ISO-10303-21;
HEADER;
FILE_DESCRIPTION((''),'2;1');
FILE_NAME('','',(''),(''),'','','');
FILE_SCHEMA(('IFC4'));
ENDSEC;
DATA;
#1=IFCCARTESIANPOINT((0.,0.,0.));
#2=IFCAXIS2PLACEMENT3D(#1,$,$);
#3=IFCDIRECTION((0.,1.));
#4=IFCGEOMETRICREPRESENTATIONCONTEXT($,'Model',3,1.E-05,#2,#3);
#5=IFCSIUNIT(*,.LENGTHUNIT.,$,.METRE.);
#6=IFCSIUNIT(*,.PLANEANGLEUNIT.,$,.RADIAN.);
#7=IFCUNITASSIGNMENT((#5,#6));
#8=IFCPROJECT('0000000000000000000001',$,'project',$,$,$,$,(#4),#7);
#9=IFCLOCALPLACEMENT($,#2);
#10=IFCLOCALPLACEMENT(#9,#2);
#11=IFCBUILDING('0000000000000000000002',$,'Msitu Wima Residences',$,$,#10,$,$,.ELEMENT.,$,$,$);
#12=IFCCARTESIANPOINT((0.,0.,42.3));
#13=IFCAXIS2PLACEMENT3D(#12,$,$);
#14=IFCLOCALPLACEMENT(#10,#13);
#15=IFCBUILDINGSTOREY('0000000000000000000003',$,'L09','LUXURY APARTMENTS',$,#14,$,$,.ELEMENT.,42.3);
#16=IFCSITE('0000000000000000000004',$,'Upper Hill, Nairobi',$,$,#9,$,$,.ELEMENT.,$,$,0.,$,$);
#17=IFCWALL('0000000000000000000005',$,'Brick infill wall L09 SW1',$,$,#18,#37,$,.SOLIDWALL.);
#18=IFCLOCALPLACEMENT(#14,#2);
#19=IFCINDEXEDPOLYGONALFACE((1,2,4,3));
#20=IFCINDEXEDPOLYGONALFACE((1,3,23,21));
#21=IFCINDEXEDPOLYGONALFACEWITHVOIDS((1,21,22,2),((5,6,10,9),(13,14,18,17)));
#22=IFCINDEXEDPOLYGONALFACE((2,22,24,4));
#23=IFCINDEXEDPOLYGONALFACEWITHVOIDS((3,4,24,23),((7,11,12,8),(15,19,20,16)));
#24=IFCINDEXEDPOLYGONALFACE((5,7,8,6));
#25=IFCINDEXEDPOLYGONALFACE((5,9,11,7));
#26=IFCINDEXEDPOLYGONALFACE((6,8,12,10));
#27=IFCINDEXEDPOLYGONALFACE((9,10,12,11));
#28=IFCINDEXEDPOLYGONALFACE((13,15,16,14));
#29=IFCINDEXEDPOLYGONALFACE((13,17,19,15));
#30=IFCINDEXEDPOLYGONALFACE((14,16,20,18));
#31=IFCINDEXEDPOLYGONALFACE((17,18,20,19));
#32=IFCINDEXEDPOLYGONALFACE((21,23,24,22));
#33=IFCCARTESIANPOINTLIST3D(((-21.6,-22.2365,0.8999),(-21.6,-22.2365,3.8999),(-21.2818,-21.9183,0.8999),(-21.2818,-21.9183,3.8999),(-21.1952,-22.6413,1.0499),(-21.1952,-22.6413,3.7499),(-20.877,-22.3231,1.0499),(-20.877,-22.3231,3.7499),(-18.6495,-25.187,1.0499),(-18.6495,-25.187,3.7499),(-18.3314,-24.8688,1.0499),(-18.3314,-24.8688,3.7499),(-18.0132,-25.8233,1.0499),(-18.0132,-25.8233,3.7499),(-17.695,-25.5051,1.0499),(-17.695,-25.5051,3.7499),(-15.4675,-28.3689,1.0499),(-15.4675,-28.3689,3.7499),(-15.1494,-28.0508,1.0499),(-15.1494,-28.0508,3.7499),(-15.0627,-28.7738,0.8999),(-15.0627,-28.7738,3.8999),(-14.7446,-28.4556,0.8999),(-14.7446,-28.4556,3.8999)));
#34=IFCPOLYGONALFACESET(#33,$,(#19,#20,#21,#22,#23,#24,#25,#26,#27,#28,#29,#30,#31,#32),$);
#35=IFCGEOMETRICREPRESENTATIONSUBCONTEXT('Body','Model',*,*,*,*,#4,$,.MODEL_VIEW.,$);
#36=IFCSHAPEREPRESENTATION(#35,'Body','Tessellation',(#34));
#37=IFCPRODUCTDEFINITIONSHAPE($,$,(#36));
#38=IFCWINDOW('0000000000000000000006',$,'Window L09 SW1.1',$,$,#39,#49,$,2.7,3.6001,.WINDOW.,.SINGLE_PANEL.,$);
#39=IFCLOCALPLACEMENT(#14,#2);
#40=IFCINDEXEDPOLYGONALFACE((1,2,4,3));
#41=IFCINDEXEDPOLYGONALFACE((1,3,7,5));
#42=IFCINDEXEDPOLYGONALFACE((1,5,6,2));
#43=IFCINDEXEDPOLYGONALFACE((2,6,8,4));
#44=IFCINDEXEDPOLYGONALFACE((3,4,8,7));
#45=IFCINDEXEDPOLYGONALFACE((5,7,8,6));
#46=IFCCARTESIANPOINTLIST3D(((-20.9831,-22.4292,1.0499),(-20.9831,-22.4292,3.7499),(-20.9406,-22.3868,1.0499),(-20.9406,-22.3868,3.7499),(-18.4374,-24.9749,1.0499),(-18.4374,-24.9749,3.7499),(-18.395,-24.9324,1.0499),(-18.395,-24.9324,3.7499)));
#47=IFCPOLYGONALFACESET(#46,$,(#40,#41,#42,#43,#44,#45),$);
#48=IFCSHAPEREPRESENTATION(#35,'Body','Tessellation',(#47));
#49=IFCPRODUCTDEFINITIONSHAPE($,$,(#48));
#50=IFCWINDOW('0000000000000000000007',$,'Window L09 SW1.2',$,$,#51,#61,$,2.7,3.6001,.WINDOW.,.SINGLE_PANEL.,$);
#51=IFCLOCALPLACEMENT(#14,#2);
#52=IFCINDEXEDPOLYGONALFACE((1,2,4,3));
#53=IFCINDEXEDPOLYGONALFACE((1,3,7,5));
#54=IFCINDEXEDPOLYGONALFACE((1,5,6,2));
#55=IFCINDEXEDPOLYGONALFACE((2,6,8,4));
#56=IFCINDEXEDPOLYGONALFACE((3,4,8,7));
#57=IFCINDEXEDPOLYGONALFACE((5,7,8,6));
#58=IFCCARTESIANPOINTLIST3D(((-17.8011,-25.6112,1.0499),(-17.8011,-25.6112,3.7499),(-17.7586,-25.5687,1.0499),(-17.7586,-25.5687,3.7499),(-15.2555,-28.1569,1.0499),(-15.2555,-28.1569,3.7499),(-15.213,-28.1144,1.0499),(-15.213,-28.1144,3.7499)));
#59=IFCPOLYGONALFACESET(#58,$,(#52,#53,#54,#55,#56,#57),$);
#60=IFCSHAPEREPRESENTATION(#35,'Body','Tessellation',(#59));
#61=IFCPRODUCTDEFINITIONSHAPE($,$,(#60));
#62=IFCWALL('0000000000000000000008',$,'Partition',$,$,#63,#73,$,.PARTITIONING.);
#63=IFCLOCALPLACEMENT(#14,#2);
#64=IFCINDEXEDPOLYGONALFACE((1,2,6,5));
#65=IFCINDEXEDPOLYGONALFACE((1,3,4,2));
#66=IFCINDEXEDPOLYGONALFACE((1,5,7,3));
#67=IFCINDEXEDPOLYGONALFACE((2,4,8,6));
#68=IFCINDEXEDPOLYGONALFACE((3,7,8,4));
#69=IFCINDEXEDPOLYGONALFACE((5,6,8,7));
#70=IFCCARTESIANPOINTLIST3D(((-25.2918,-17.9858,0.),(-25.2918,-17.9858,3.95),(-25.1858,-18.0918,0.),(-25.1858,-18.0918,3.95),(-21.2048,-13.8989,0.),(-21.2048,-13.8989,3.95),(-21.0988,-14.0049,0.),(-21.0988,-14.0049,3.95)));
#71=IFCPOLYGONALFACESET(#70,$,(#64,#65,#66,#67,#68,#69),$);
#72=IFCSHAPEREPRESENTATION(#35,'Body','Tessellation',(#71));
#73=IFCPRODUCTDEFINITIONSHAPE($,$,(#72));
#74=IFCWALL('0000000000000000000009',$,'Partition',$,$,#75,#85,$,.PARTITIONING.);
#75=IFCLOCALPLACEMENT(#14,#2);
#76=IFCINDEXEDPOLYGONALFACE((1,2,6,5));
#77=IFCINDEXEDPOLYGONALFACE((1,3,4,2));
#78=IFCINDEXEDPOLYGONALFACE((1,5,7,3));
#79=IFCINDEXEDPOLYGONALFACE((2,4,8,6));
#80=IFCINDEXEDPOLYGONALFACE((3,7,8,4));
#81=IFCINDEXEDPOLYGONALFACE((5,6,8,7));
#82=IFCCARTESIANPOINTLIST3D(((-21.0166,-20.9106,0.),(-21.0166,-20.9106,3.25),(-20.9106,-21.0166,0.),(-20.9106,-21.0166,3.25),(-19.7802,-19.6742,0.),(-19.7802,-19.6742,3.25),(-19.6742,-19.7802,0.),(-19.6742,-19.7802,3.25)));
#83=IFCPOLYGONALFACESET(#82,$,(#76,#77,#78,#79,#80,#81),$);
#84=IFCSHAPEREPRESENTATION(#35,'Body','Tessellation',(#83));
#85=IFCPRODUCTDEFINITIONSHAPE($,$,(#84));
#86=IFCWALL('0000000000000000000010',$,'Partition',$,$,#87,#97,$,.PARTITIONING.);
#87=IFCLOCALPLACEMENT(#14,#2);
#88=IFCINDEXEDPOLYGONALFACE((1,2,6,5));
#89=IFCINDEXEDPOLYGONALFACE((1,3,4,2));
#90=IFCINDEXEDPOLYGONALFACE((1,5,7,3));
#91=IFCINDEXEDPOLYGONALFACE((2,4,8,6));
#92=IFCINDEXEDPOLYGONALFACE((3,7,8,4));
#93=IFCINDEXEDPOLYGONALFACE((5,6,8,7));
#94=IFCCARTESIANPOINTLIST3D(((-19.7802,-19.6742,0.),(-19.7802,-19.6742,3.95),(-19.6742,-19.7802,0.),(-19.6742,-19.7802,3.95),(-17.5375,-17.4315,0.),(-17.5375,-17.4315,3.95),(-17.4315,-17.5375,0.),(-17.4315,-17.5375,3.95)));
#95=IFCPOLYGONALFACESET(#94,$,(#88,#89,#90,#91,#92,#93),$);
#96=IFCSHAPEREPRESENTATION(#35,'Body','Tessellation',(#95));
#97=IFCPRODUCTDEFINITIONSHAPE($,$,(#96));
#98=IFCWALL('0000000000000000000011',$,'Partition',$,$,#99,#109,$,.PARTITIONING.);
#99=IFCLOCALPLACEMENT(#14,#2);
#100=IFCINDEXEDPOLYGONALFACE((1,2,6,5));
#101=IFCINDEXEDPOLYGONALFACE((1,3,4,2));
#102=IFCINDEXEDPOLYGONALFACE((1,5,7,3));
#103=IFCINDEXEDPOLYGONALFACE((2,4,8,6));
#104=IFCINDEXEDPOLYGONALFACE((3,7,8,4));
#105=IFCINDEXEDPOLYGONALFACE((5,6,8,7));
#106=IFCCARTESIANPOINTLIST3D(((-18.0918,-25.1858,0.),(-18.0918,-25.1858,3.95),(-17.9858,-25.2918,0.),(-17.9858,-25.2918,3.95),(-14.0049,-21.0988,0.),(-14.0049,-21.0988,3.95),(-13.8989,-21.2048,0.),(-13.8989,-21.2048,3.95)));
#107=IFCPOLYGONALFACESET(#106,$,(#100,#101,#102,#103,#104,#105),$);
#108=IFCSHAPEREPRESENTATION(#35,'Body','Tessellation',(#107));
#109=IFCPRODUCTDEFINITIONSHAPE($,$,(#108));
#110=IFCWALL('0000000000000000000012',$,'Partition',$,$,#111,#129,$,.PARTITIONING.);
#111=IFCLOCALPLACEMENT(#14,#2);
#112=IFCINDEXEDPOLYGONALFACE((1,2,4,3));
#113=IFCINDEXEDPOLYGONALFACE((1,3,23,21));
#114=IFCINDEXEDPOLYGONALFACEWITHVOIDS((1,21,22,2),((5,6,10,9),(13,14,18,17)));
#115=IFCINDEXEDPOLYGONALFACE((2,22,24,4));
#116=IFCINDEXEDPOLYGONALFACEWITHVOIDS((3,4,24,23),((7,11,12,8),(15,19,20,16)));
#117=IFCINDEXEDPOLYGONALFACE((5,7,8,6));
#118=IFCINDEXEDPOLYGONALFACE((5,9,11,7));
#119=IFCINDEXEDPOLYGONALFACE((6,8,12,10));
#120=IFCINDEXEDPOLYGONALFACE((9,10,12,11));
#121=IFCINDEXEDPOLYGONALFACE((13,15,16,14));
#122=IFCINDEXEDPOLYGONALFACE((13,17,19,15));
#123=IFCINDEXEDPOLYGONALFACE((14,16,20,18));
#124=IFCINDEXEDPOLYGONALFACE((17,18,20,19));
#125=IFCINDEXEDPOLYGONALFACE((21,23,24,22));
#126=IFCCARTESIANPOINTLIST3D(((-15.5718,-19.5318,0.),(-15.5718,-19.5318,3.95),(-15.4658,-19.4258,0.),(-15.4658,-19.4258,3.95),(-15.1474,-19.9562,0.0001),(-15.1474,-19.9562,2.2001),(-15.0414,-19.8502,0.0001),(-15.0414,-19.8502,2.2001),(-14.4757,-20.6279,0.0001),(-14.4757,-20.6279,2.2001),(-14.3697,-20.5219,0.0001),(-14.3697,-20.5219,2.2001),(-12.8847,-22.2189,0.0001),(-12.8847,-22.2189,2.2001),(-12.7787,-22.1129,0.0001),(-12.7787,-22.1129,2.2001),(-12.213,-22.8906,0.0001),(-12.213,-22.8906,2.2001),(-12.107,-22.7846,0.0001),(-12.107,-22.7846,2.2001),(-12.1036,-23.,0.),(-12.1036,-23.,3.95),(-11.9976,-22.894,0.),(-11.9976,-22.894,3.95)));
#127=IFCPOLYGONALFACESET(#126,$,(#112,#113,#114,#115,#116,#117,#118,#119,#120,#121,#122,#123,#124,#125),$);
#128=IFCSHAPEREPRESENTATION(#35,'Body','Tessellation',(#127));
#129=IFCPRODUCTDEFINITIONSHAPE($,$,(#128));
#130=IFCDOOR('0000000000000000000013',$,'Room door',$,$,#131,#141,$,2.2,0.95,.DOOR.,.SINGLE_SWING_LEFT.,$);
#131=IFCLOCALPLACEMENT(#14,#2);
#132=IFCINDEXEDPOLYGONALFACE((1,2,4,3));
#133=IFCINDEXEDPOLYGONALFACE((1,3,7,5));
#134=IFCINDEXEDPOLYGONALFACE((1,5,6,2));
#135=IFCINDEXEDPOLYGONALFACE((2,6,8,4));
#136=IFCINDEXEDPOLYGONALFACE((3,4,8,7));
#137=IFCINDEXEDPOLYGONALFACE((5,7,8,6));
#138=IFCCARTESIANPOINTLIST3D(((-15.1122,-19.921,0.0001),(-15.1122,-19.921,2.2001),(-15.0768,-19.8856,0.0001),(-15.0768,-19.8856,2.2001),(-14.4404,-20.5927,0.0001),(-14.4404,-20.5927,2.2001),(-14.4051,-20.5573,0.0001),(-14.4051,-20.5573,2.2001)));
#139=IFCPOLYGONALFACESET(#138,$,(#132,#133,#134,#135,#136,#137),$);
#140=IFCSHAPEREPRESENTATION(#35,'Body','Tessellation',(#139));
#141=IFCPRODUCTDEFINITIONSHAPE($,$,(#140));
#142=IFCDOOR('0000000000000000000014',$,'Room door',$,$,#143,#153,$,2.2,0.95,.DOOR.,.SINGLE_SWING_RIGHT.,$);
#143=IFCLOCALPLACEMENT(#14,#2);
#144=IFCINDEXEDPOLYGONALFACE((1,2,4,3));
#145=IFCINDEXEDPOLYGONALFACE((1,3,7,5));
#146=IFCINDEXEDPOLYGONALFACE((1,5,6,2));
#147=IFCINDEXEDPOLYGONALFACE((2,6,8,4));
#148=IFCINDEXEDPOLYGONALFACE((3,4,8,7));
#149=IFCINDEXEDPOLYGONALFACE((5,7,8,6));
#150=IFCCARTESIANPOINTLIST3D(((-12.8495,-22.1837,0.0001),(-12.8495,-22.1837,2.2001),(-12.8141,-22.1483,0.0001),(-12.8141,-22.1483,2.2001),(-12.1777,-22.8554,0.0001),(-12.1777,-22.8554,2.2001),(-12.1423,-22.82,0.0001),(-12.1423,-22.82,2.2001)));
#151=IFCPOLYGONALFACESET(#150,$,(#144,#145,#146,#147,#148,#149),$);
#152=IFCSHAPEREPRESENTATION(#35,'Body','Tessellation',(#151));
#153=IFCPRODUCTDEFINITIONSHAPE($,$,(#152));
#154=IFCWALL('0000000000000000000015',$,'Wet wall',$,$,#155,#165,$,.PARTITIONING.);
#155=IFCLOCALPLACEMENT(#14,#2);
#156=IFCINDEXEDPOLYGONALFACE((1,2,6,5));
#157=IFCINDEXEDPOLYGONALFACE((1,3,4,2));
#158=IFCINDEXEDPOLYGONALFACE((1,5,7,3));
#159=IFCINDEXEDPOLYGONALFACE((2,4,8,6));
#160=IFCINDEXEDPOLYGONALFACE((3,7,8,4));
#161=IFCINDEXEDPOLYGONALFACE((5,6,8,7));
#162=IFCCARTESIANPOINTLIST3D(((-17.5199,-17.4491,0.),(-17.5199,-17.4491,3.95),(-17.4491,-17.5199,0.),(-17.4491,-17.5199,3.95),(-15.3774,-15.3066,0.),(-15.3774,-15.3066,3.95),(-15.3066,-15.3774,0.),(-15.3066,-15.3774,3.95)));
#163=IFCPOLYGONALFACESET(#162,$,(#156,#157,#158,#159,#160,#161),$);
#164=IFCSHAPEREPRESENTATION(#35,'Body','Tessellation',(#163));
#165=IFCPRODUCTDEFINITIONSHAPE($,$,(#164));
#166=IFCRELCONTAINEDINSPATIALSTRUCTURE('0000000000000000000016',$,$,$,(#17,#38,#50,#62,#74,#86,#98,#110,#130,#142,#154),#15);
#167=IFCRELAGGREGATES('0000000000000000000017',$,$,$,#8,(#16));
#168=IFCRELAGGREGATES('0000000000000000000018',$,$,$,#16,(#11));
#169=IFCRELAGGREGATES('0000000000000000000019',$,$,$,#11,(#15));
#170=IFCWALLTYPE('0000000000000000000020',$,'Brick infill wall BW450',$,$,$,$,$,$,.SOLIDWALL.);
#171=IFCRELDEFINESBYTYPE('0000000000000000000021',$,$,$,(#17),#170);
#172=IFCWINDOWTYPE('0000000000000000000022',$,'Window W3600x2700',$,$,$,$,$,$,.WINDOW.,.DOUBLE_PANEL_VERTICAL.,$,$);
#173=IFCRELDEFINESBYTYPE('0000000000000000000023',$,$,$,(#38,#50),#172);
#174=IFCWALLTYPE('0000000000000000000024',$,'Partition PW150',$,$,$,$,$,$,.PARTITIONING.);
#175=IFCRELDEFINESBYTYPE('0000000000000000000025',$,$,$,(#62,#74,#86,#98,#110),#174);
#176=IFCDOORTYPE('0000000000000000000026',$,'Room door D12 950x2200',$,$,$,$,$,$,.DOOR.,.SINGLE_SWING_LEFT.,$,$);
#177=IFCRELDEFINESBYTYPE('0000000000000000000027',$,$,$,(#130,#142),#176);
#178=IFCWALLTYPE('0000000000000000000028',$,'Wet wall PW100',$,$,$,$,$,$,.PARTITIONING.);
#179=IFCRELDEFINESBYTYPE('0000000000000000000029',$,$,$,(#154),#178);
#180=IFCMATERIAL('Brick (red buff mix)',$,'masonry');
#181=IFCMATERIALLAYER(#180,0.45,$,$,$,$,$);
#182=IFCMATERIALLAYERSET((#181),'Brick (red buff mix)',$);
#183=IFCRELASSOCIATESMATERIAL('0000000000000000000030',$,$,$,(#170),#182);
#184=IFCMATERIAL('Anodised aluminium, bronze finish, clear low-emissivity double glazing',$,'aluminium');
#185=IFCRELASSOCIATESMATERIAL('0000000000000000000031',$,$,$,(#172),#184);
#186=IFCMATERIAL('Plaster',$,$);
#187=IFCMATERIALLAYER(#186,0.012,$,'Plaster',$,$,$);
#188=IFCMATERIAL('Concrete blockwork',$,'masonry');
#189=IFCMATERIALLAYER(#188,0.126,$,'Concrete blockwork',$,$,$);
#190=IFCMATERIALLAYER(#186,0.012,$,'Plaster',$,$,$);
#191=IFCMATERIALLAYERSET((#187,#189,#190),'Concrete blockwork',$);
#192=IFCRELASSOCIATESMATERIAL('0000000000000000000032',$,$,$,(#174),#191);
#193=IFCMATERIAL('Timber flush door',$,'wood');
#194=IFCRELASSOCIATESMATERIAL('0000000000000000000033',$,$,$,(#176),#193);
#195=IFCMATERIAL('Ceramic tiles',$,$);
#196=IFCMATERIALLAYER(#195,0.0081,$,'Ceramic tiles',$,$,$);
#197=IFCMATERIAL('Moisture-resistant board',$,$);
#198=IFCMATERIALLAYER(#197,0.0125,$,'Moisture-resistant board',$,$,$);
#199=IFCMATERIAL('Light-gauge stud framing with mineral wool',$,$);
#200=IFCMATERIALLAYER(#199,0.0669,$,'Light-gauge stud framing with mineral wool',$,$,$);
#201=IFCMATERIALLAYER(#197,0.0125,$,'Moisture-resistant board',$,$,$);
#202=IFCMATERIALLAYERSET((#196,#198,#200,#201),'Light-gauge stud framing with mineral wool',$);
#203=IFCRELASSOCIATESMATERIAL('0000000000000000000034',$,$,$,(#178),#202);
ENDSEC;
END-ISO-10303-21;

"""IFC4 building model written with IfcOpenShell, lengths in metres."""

from ifc_helpers import new_model, si_unit, direction, frame, frame_2d, origin, place, context, subcontext, project, spatial, rectangle, extrude, material, layer, layer_set, type_object, element, fill, save


model = new_model("IFC4")

# Units and contexts
model_context = context("Model", 3, precision=1e-05, world=origin(), true_north=direction((0.0, 1.0)))
body_context = subcontext(model_context, "Body", "Model", "MODEL_VIEW")
ifc_project = project(units=[si_unit("LENGTHUNIT", "METRE"), si_unit("PLANEANGLEUNIT", "RADIAN")], contexts=[model_context])

# Site, building, storey
site_placement = place(None, origin())
site = spatial("IfcSite", under=ifc_project, at=site_placement, Name="Upper Hill, Nairobi", CompositionType="ELEMENT", RefElevation=0.0)
building_placement = place(site_placement, origin())
building = spatial("IfcBuilding", under=site, at=building_placement, Name="Msitu Wima Residences", CompositionType="ELEMENT")
storey_placement = place(building_placement, frame((0.0, 0.0, 42.3)))
storey = spatial("IfcBuildingStorey", under=building, at=storey_placement, Name="L09", Description="LUXURY APARTMENTS", CompositionType="ELEMENT", Elevation=42.3)

# Shared definitions
ifc_material_1 = material(Name="Brick (red buff mix)", Category="masonry")
ifc_layer_1 = layer(ifc_material_1, 0.45)
ifc_layer_set_1 = layer_set([ifc_layer_1], Name="Brick (red buff mix)")
wall_type_1 = type_object("IfcWallType", Name="Brick infill wall BW450", PredefinedType="SOLIDWALL", material=ifc_layer_set_1)
ifc_material_2 = material(Name="Anodised aluminium, bronze finish, clear low-emissivity double glazing", Category="aluminium")
window_type = type_object("IfcWindowType", Name="Window W3600x2700", PartitioningType="DOUBLE_PANEL_VERTICAL", PredefinedType="WINDOW", material=ifc_material_2)

# Wall, openings, windows
wall_1_placement = place(storey_placement, frame((-21.4409, -22.0774, 0.8999), z_axis=(0.0, 0.0, 1.0), x_axis=(0.707107, -0.707107, 0.0)))
wall_1 = element("IfcWall", 1, at=wall_1_placement, inside=storey, type_object=wall_type_1, Name="Brick infill wall L09 SW1", PredefinedType="SOLIDWALL", context=body_context, shape_type="SweptSolid", body=[
    extrude(rectangle(XDim=9.2451, YDim=0.45, at=frame_2d((4.6226, 0.0))), origin(), (0.0, 0.0, 1.0), 3.0),
])
opening_1_placement = place(wall_1_placement, frame((0.5725, 0.0, 0.1499)))
opening_1 = element("IfcOpeningElement", 2, at=opening_1_placement, cuts=wall_1, PredefinedType="OPENING", context=body_context, shape_type="SweptSolid", body=[
    extrude(rectangle(XDim=3.6001, YDim=2.7, at=frame_2d((1.8, 1.3501))), frame((0.0, 0.2349, 0.0), z_axis=(0.0, -1.0, 0.0), x_axis=(1.0, 0.0, 0.0)), (0.0, 0.0, 1.0), 0.47),
])
opening_2_placement = place(wall_1_placement, frame((5.0725, 0.0, 0.1499)))
opening_2 = element("IfcOpeningElement", 3, at=opening_2_placement, cuts=wall_1, PredefinedType="OPENING", context=body_context, shape_type="SweptSolid", body=[
    extrude(rectangle(XDim=3.6001, YDim=2.7, at=frame_2d((1.8, 1.3501))), frame((0.0, 0.2349, 0.0), z_axis=(0.0, -1.0, 0.0), x_axis=(1.0, 0.0, 0.0)), (0.0, 0.0, 1.0), 0.47),
])
window_1_placement = place(opening_1_placement, origin())
window_1 = element("IfcWindow", 4, at=window_1_placement, inside=storey, type_object=window_type, Name="Window L09 SW1.1", OverallHeight=2.7, OverallWidth=3.6001, PartitioningType="SINGLE_PANEL", PredefinedType="WINDOW", context=body_context, shape_type="SweptSolid", body=[
    extrude(rectangle(XDim=3.6001, YDim=2.7, at=frame_2d((1.8, 1.3501))), frame((0.0, 0.135, 0.0), z_axis=(0.0, -1.0, 0.0), x_axis=(1.0, 0.0, 0.0)), (0.0, 0.0, 1.0), 0.0601),
])
fill(opening_1, window_1)
window_2_placement = place(opening_2_placement, origin())
window_2 = element("IfcWindow", 5, at=window_2_placement, inside=storey, type_object=window_type, Name="Window L09 SW1.2", OverallHeight=2.7, OverallWidth=3.6001, PartitioningType="SINGLE_PANEL", PredefinedType="WINDOW", context=body_context, shape_type="SweptSolid", body=[
    extrude(rectangle(XDim=3.6001, YDim=2.7, at=frame_2d((1.8, 1.3501))), frame((0.0, 0.135, 0.0), z_axis=(0.0, -1.0, 0.0), x_axis=(1.0, 0.0, 0.0)), (0.0, 0.0, 1.0), 0.0601),
])
fill(opening_2, window_2)

# Walls
ifc_material_3 = material(Name="Plaster")
ifc_layer_2 = layer(ifc_material_3, 0.012, Name="Plaster")
ifc_material_4 = material(Name="Concrete blockwork", Category="masonry")
ifc_layer_3 = layer(ifc_material_4, 0.126, Name="Concrete blockwork")
ifc_layer_4 = layer(ifc_material_3, 0.012, Name="Plaster")
ifc_layer_set_2 = layer_set([ifc_layer_2, ifc_layer_3, ifc_layer_4], Name="Concrete blockwork")
wall_type_2 = type_object("IfcWallType", Name="Partition PW150", PredefinedType="PARTITIONING", material=ifc_layer_set_2)
wall_2_placement = place(storey_placement, frame((-25.2388, -18.0388, 0.0), z_axis=(0.0, 0.0, 1.0), x_axis=(0.707107, 0.707107, 0.0)))
element("IfcWall", 6, at=wall_2_placement, inside=storey, type_object=wall_type_2, Name="Partition", PredefinedType="PARTITIONING", context=body_context, shape_type="SweptSolid", body=[
    extrude(rectangle(XDim=5.7798, YDim=0.1499, at=frame_2d((2.8899, 0.0))), origin(), (0.0, 0.0, 1.0), 3.95),
])
wall_3_placement = place(storey_placement, frame((-20.9636, -20.9636, 0.0), z_axis=(0.0, 0.0, 1.0), x_axis=(0.707107, 0.707107, 0.0)))
element("IfcWall", 7, at=wall_3_placement, inside=storey, type_object=wall_type_2, Name="Partition", PredefinedType="PARTITIONING", context=body_context, shape_type="SweptSolid", body=[
    extrude(rectangle(XDim=1.7485, YDim=0.1499, at=frame_2d((0.8743, 0.0))), origin(), (0.0, 0.0, 1.0), 3.25),
])
wall_4_placement = place(storey_placement, frame((-19.7273, -19.7273, 0.0), z_axis=(0.0, 0.0, 1.0), x_axis=(0.707107, 0.707107, 0.0)))
element("IfcWall", 8, at=wall_4_placement, inside=storey, type_object=wall_type_2, Name="Partition", PredefinedType="PARTITIONING", context=body_context, shape_type="SweptSolid", body=[
    extrude(rectangle(XDim=3.1716, YDim=0.1499, at=frame_2d((1.5859, 0.0))), origin(), (0.0, 0.0, 1.0), 3.95),
])
wall_5_placement = place(storey_placement, frame((-18.0388, -25.2388, 0.0), z_axis=(0.0, 0.0, 1.0), x_axis=(0.707107, 0.707107, 0.0)))
element("IfcWall", 9, at=wall_5_placement, inside=storey, type_object=wall_type_2, Name="Partition", PredefinedType="PARTITIONING", context=body_context, shape_type="SweptSolid", body=[
    extrude(rectangle(XDim=5.7798, YDim=0.1499, at=frame_2d((2.8899, 0.0))), origin(), (0.0, 0.0, 1.0), 3.95),
])

# Wall, openings, doors
wall_6_placement = place(storey_placement, frame((-15.5188, -19.4788, 0.0), z_axis=(0.0, 0.0, 1.0), x_axis=(0.707107, -0.707107, 0.0)))
wall_6 = element("IfcWall", 10, at=wall_6_placement, inside=storey, type_object=wall_type_2, Name="Partition", PredefinedType="PARTITIONING", context=body_context, shape_type="SweptSolid", body=[
    extrude(rectangle(XDim=4.9048, YDim=0.1499, at=frame_2d((2.4524, 0.0))), origin(), (0.0, 0.0, 1.0), 3.95),
])
opening_3_placement = place(wall_6_placement, frame((0.6001, 0.0, 0.0)))
opening_3 = element("IfcOpeningElement", 11, at=opening_3_placement, cuts=wall_6, PredefinedType="OPENING", context=body_context, shape_type="SweptSolid", body=[
    extrude(rectangle(XDim=0.95, YDim=2.2, at=frame_2d((0.4751, 1.1001))), frame((0.0, 0.085, 0.0), z_axis=(0.0, -1.0, 0.0), x_axis=(1.0, 0.0, 0.0)), (0.0, 0.0, 1.0), 0.1699),
])
opening_4_placement = place(wall_6_placement, frame((3.8, 0.0, 0.0)))
opening_4 = element("IfcOpeningElement", 12, at=opening_4_placement, cuts=wall_6, PredefinedType="OPENING", context=body_context, shape_type="SweptSolid", body=[
    extrude(rectangle(XDim=0.95, YDim=2.2, at=frame_2d((0.4751, 1.1001))), frame((0.0, 0.085, 0.0), z_axis=(0.0, -1.0, 0.0), x_axis=(1.0, 0.0, 0.0)), (0.0, 0.0, 1.0), 0.1699),
])
ifc_material_5 = material(Name="Timber flush door", Category="wood")
door_type_1 = type_object("IfcDoorType", Name="Room door D12 950x2200", OperationType="SINGLE_SWING_LEFT", PredefinedType="DOOR", material=ifc_material_5)
door_1_placement = place(opening_3_placement, origin())
door_1 = element("IfcDoor", 13, at=door_1_placement, inside=storey, type_object=door_type_1, Name="Room door", OperationType="SINGLE_SWING_LEFT", OverallHeight=2.2, OverallWidth=0.95, PredefinedType="DOOR", context=body_context, shape_type="SweptSolid", body=[
    extrude(rectangle(XDim=0.95, YDim=2.2, at=frame_2d((0.4751, 1.1001))), frame((0.0, 0.0249, 0.0), z_axis=(0.0, -1.0, 0.0), x_axis=(1.0, 0.0, 0.0)), (0.0, 0.0, 1.0), 0.05),
])
fill(opening_3, door_1)
door_2_placement = place(opening_4_placement, origin())
door_2 = element("IfcDoor", 14, at=door_2_placement, inside=storey, type_object=door_type_1, Name="Room door", OperationType="SINGLE_SWING_RIGHT", OverallHeight=2.2, OverallWidth=0.95, PredefinedType="DOOR", context=body_context, shape_type="SweptSolid", body=[
    extrude(rectangle(XDim=0.95, YDim=2.2, at=frame_2d((0.4751, 1.1001))), frame((0.0, 0.0249, 0.0), z_axis=(0.0, -1.0, 0.0), x_axis=(1.0, 0.0, 0.0)), (0.0, 0.0, 1.0), 0.05),
])
fill(opening_4, door_2)

# Wall
ifc_material_6 = material(Name="Ceramic tiles")
ifc_layer_5 = layer(ifc_material_6, 0.0081, Name="Ceramic tiles")
ifc_material_7 = material(Name="Moisture-resistant board")
ifc_layer_6 = layer(ifc_material_7, 0.0125, Name="Moisture-resistant board")
ifc_material_8 = material(Name="Light-gauge stud framing with mineral wool")
ifc_layer_7 = layer(ifc_material_8, 0.0669, Name="Light-gauge stud framing with mineral wool")
ifc_layer_8 = layer(ifc_material_7, 0.0125, Name="Moisture-resistant board")
ifc_layer_set_3 = layer_set([ifc_layer_5, ifc_layer_6, ifc_layer_7, ifc_layer_8], Name="Light-gauge stud framing with mineral wool")
wall_type_3 = type_object("IfcWallType", Name="Wet wall PW100", PredefinedType="PARTITIONING", material=ifc_layer_set_3)
wall_7_placement = place(storey_placement, frame((-17.4846, -17.4846, 0.0), z_axis=(0.0, 0.0, 1.0), x_axis=(0.707107, 0.707107, 0.0)))
element("IfcWall", 15, at=wall_7_placement, inside=storey, type_object=wall_type_3, Name="Wet wall", PredefinedType="PARTITIONING", context=body_context, shape_type="SweptSolid", body=[
    extrude(rectangle(XDim=3.03, YDim=0.1001, at=frame_2d((1.5151, 0.0))), origin(), (0.0, 0.0, 1.0), 3.95),
])

save(model, "model.ifc")
